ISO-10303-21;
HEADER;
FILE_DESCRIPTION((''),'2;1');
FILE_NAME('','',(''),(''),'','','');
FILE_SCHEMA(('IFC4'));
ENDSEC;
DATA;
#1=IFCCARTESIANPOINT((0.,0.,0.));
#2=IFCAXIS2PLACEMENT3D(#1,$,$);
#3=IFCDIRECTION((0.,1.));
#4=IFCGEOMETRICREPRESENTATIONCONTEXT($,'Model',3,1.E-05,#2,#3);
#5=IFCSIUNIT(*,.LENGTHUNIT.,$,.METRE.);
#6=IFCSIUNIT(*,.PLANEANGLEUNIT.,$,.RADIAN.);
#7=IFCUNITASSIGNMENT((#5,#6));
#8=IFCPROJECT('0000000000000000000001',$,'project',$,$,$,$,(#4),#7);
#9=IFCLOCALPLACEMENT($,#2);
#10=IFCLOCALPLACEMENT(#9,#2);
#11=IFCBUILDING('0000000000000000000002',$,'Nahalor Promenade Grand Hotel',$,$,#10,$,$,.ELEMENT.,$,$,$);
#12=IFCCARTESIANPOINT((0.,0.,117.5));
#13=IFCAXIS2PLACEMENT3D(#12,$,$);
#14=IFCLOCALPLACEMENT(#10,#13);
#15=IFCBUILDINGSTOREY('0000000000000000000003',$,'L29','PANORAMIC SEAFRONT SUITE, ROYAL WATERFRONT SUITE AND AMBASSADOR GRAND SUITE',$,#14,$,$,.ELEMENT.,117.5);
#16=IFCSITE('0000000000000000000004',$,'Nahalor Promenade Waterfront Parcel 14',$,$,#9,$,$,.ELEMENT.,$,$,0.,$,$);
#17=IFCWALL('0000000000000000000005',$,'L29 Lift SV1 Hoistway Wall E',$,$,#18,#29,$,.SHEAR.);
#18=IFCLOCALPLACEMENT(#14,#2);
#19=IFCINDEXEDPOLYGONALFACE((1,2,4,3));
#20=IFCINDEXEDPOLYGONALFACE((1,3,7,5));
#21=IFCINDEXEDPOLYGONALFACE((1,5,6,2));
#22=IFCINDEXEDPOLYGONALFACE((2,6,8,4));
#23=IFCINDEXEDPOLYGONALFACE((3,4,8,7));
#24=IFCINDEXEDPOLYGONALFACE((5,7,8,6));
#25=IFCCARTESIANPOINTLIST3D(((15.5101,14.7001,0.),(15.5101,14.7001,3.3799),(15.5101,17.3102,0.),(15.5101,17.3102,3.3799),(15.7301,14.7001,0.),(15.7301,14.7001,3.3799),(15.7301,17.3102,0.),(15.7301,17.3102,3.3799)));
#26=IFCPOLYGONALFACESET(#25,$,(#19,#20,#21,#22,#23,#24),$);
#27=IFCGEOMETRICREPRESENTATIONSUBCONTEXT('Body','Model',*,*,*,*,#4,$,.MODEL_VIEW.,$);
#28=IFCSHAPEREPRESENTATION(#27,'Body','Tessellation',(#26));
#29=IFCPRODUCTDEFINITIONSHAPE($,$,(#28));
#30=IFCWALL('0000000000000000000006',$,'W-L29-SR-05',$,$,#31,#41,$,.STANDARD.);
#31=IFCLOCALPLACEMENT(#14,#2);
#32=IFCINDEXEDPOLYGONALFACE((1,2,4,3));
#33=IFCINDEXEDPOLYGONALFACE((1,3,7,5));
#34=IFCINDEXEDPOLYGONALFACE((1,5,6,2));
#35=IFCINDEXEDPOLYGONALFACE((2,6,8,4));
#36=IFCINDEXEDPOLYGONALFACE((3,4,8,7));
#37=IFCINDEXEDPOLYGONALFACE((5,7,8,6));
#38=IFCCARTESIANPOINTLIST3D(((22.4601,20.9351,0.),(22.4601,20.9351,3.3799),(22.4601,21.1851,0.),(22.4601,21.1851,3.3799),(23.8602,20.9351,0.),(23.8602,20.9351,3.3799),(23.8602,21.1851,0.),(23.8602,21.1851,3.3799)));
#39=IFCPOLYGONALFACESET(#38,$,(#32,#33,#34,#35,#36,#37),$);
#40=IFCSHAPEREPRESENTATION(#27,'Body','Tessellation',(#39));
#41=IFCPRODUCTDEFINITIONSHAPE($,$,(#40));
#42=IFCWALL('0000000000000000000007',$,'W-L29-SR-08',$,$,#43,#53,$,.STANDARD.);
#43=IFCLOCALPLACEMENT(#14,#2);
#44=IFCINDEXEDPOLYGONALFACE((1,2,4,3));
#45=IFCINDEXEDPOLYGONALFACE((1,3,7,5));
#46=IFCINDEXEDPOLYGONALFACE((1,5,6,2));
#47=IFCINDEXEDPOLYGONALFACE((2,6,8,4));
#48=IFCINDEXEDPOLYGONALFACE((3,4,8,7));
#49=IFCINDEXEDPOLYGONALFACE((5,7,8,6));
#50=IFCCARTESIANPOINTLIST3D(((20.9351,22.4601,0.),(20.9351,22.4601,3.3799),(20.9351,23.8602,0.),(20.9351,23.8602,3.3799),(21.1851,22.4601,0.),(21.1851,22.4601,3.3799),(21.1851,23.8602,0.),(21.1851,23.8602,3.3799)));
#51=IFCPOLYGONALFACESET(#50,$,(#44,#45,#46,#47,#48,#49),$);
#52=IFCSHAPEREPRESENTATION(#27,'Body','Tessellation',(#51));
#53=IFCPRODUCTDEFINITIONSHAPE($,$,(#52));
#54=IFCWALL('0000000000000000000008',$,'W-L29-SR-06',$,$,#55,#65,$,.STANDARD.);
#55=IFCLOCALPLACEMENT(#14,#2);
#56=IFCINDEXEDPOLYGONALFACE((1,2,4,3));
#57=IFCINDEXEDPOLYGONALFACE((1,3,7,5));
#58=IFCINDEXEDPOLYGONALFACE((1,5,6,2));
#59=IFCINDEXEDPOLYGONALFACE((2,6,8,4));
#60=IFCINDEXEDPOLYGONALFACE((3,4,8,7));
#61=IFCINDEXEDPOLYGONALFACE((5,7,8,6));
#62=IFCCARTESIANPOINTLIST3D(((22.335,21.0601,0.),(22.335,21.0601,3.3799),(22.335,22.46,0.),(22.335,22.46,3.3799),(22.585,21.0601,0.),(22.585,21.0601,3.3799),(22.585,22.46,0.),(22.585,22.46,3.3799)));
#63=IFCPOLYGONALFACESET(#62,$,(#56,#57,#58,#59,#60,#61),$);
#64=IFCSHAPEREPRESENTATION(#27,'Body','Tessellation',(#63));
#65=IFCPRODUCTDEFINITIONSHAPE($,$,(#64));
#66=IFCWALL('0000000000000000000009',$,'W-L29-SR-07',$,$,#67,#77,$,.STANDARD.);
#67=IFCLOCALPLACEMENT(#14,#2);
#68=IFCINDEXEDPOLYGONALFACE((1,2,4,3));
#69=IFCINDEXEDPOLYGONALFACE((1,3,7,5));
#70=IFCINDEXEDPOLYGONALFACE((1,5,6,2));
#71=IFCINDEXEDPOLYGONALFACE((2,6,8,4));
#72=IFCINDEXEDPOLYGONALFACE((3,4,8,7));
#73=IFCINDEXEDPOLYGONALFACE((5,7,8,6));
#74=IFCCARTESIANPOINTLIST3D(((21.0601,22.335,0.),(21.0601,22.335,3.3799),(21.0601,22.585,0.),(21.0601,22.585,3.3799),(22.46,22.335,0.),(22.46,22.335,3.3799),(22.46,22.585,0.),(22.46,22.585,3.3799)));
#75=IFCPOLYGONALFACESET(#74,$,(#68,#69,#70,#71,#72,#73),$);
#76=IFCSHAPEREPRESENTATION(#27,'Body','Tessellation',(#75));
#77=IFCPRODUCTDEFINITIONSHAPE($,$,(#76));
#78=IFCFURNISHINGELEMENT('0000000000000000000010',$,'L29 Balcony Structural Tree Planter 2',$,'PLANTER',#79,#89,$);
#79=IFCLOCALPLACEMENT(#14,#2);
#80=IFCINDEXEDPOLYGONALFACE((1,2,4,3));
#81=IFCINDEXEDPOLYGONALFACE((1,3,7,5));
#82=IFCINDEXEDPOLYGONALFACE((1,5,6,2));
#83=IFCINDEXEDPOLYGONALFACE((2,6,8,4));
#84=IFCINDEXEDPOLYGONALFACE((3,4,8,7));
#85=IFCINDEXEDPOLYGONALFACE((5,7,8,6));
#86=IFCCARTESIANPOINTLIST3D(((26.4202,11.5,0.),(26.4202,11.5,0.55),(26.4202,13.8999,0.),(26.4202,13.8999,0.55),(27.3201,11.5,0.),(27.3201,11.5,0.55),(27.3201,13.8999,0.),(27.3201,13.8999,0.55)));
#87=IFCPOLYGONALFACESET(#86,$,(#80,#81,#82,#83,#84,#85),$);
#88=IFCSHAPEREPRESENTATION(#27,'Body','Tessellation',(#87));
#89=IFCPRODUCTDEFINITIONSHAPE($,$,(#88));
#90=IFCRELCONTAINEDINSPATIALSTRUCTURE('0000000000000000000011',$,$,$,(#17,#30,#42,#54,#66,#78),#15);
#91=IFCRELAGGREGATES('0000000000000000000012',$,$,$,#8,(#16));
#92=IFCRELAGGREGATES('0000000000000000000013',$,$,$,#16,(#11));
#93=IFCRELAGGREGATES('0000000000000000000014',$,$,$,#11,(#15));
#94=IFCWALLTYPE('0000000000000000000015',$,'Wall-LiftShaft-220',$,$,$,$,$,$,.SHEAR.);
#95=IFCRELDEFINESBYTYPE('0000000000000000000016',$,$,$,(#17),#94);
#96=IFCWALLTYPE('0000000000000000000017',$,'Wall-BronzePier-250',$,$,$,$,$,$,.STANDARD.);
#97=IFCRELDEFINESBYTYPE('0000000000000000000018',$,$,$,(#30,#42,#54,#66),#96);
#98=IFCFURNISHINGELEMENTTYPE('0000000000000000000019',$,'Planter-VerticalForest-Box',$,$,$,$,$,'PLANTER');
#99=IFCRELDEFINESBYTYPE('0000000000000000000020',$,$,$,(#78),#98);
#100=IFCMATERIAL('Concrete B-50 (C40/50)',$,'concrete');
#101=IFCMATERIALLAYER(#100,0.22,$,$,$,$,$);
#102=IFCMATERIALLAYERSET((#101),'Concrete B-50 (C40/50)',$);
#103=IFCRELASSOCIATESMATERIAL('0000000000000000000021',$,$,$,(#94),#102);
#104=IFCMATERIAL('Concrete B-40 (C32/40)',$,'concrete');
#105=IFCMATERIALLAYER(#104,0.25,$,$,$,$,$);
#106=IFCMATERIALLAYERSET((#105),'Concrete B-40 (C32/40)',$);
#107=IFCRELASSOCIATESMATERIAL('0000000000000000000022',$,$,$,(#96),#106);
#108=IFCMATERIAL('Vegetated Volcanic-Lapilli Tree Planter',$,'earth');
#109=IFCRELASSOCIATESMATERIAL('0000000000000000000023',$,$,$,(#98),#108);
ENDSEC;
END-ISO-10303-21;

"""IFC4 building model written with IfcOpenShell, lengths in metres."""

from ifc_helpers import new_model, si_unit, direction, frame, frame_2d, origin, origin_2d, place, context, subcontext, project, spatial, rectangle, extrude, source, transform, mapped, material, layer, layer_set, type_object, element, save


model = new_model("IFC4")

# Units and contexts
model_context = context("Model", 3, precision=1e-05, world=origin(), true_north=direction((0.0, 1.0)))
body_context = subcontext(model_context, "Body", "Model", "MODEL_VIEW")
ifc_project = project(units=[si_unit("LENGTHUNIT", "METRE"), si_unit("PLANEANGLEUNIT", "RADIAN")], contexts=[model_context])

# Site, building, storey
site_placement = place(None, origin())
site = spatial("IfcSite", under=ifc_project, at=site_placement, Name="Nahalor Promenade Waterfront Parcel 14", CompositionType="ELEMENT", RefElevation=0.0)
building_placement = place(site_placement, origin())
building = spatial("IfcBuilding", under=site, at=building_placement, Name="Nahalor Promenade Grand Hotel", CompositionType="ELEMENT")
storey_placement = place(building_placement, frame((0.0, 0.0, 117.5)))
storey = spatial("IfcBuildingStorey", under=building, at=storey_placement, Name="L29", Description="PANORAMIC SEAFRONT SUITE, ROYAL WATERFRONT SUITE AND AMBASSADOR GRAND SUITE", CompositionType="ELEMENT", Elevation=117.5)

# Walls
ifc_material_1 = material(Name="Concrete B-50 (C40/50)", Category="concrete")
ifc_layer_1 = layer(ifc_material_1, 0.22)
ifc_layer_set_1 = layer_set([ifc_layer_1], Name="Concrete B-50 (C40/50)")
wall_type_1 = type_object("IfcWallType", Name="Wall-LiftShaft-220", PredefinedType="SHEAR", material=ifc_layer_set_1)
shared_shape_1 = source(origin(), body_context, "Body", "SweptSolid", [
    extrude(rectangle(XDim=2.6101, YDim=0.22, at=frame_2d((1.3052, 0.0))), origin(), (0.0, 0.0, 1.0), 3.3799),
])
wall_1_placement = place(storey_placement, frame((15.6201, 14.7, 0.0), z_axis=(0.0, 0.0, 1.0), x_axis=(0.0, 1.0, 0.0)))
element("IfcWall", 1, at=wall_1_placement, inside=storey, type_object=wall_type_1, Name="L29 Lift SV1 Hoistway Wall E", PredefinedType="SHEAR", context=body_context, shape_type="MappedRepresentation", body=[
    mapped(shared_shape_1, transform((0.0, 0.0, 0.0), scale=1.0)),
])
ifc_material_2 = material(Name="Concrete B-40 (C32/40)", Category="concrete")
ifc_layer_2 = layer(ifc_material_2, 0.25)
ifc_layer_set_2 = layer_set([ifc_layer_2], Name="Concrete B-40 (C32/40)")
wall_type_2 = type_object("IfcWallType", Name="Wall-BronzePier-250", PredefinedType="STANDARD", material=ifc_layer_set_2)
shared_shape_2 = source(origin(), body_context, "Body", "SweptSolid", [
    extrude(rectangle(XDim=1.4001, YDim=0.25, at=frame_2d((0.7002, 0.0))), origin(), (0.0, 0.0, 1.0), 3.3799),
])
for number, where, z_axis, x_axis, name in (
    (2, (22.46, 21.0601, 0.0), (0.0, 0.0, 1.0), (1.0, 0.0, 0.0), "W-L29-SR-05"),
    (3, (21.0601, 22.46, 0.0), (0.0, 0.0, 1.0), (0.0, 1.0, 0.0), "W-L29-SR-08"),
):
    element("IfcWall", number, at=place(storey_placement, frame(where, z_axis=z_axis, x_axis=x_axis)), inside=storey, type_object=wall_type_2, Name=name, PredefinedType="STANDARD", context=body_context, shape_type="MappedRepresentation", body=[
        mapped(shared_shape_2, transform((0.0, 0.0, 0.0), scale=1.0)),
    ])
shared_shape_3 = source(origin(), body_context, "Body", "SweptSolid", [
    extrude(rectangle(XDim=1.3999, YDim=0.25, at=frame_2d((0.7, 0.0))), origin(), (0.0, 0.0, 1.0), 3.3799),
])
for number, where, z_axis, x_axis, name in (
    (4, (22.46, 21.0601, 0.0), (0.0, 0.0, 1.0), (0.0, 1.0, 0.0), "W-L29-SR-06"),
    (5, (21.0601, 22.46, 0.0), (0.0, 0.0, 1.0), (1.0, 0.0, 0.0), "W-L29-SR-07"),
):
    element("IfcWall", number, at=place(storey_placement, frame(where, z_axis=z_axis, x_axis=x_axis)), inside=storey, type_object=wall_type_2, Name=name, PredefinedType="STANDARD", context=body_context, shape_type="MappedRepresentation", body=[
        mapped(shared_shape_3, transform((0.0, 0.0, 0.0), scale=1.0)),
    ])

# Furnishing element
ifc_material_3 = material(Name="Vegetated Volcanic-Lapilli Tree Planter", Category="earth")
furnishing_element_type = type_object("IfcFurnishingElementType", Name="Planter-VerticalForest-Box", ElementType="PLANTER", material=ifc_material_3)
shared_shape_4 = source(origin(), body_context, "Body", "SweptSolid", [
    extrude(rectangle(XDim=2.3999, YDim=0.8999, at=origin_2d()), origin(), (0.0, 0.0, 1.0), 0.55),
])
furnishing_placement = place(storey_placement, frame((26.8701, 12.7, 0.0), z_axis=(0.0, 0.0, 1.0), x_axis=(0.0, 1.0, 0.0)))
element("IfcFurnishingElement", 6, at=furnishing_placement, inside=storey, type_object=furnishing_element_type, Name="L29 Balcony Structural Tree Planter 2", ObjectType="PLANTER", context=body_context, shape_type="MappedRepresentation", body=[
    mapped(shared_shape_4, transform((0.0, 0.0, 0.0), scale=1.0)),
])

save(model, "model.ifc")
